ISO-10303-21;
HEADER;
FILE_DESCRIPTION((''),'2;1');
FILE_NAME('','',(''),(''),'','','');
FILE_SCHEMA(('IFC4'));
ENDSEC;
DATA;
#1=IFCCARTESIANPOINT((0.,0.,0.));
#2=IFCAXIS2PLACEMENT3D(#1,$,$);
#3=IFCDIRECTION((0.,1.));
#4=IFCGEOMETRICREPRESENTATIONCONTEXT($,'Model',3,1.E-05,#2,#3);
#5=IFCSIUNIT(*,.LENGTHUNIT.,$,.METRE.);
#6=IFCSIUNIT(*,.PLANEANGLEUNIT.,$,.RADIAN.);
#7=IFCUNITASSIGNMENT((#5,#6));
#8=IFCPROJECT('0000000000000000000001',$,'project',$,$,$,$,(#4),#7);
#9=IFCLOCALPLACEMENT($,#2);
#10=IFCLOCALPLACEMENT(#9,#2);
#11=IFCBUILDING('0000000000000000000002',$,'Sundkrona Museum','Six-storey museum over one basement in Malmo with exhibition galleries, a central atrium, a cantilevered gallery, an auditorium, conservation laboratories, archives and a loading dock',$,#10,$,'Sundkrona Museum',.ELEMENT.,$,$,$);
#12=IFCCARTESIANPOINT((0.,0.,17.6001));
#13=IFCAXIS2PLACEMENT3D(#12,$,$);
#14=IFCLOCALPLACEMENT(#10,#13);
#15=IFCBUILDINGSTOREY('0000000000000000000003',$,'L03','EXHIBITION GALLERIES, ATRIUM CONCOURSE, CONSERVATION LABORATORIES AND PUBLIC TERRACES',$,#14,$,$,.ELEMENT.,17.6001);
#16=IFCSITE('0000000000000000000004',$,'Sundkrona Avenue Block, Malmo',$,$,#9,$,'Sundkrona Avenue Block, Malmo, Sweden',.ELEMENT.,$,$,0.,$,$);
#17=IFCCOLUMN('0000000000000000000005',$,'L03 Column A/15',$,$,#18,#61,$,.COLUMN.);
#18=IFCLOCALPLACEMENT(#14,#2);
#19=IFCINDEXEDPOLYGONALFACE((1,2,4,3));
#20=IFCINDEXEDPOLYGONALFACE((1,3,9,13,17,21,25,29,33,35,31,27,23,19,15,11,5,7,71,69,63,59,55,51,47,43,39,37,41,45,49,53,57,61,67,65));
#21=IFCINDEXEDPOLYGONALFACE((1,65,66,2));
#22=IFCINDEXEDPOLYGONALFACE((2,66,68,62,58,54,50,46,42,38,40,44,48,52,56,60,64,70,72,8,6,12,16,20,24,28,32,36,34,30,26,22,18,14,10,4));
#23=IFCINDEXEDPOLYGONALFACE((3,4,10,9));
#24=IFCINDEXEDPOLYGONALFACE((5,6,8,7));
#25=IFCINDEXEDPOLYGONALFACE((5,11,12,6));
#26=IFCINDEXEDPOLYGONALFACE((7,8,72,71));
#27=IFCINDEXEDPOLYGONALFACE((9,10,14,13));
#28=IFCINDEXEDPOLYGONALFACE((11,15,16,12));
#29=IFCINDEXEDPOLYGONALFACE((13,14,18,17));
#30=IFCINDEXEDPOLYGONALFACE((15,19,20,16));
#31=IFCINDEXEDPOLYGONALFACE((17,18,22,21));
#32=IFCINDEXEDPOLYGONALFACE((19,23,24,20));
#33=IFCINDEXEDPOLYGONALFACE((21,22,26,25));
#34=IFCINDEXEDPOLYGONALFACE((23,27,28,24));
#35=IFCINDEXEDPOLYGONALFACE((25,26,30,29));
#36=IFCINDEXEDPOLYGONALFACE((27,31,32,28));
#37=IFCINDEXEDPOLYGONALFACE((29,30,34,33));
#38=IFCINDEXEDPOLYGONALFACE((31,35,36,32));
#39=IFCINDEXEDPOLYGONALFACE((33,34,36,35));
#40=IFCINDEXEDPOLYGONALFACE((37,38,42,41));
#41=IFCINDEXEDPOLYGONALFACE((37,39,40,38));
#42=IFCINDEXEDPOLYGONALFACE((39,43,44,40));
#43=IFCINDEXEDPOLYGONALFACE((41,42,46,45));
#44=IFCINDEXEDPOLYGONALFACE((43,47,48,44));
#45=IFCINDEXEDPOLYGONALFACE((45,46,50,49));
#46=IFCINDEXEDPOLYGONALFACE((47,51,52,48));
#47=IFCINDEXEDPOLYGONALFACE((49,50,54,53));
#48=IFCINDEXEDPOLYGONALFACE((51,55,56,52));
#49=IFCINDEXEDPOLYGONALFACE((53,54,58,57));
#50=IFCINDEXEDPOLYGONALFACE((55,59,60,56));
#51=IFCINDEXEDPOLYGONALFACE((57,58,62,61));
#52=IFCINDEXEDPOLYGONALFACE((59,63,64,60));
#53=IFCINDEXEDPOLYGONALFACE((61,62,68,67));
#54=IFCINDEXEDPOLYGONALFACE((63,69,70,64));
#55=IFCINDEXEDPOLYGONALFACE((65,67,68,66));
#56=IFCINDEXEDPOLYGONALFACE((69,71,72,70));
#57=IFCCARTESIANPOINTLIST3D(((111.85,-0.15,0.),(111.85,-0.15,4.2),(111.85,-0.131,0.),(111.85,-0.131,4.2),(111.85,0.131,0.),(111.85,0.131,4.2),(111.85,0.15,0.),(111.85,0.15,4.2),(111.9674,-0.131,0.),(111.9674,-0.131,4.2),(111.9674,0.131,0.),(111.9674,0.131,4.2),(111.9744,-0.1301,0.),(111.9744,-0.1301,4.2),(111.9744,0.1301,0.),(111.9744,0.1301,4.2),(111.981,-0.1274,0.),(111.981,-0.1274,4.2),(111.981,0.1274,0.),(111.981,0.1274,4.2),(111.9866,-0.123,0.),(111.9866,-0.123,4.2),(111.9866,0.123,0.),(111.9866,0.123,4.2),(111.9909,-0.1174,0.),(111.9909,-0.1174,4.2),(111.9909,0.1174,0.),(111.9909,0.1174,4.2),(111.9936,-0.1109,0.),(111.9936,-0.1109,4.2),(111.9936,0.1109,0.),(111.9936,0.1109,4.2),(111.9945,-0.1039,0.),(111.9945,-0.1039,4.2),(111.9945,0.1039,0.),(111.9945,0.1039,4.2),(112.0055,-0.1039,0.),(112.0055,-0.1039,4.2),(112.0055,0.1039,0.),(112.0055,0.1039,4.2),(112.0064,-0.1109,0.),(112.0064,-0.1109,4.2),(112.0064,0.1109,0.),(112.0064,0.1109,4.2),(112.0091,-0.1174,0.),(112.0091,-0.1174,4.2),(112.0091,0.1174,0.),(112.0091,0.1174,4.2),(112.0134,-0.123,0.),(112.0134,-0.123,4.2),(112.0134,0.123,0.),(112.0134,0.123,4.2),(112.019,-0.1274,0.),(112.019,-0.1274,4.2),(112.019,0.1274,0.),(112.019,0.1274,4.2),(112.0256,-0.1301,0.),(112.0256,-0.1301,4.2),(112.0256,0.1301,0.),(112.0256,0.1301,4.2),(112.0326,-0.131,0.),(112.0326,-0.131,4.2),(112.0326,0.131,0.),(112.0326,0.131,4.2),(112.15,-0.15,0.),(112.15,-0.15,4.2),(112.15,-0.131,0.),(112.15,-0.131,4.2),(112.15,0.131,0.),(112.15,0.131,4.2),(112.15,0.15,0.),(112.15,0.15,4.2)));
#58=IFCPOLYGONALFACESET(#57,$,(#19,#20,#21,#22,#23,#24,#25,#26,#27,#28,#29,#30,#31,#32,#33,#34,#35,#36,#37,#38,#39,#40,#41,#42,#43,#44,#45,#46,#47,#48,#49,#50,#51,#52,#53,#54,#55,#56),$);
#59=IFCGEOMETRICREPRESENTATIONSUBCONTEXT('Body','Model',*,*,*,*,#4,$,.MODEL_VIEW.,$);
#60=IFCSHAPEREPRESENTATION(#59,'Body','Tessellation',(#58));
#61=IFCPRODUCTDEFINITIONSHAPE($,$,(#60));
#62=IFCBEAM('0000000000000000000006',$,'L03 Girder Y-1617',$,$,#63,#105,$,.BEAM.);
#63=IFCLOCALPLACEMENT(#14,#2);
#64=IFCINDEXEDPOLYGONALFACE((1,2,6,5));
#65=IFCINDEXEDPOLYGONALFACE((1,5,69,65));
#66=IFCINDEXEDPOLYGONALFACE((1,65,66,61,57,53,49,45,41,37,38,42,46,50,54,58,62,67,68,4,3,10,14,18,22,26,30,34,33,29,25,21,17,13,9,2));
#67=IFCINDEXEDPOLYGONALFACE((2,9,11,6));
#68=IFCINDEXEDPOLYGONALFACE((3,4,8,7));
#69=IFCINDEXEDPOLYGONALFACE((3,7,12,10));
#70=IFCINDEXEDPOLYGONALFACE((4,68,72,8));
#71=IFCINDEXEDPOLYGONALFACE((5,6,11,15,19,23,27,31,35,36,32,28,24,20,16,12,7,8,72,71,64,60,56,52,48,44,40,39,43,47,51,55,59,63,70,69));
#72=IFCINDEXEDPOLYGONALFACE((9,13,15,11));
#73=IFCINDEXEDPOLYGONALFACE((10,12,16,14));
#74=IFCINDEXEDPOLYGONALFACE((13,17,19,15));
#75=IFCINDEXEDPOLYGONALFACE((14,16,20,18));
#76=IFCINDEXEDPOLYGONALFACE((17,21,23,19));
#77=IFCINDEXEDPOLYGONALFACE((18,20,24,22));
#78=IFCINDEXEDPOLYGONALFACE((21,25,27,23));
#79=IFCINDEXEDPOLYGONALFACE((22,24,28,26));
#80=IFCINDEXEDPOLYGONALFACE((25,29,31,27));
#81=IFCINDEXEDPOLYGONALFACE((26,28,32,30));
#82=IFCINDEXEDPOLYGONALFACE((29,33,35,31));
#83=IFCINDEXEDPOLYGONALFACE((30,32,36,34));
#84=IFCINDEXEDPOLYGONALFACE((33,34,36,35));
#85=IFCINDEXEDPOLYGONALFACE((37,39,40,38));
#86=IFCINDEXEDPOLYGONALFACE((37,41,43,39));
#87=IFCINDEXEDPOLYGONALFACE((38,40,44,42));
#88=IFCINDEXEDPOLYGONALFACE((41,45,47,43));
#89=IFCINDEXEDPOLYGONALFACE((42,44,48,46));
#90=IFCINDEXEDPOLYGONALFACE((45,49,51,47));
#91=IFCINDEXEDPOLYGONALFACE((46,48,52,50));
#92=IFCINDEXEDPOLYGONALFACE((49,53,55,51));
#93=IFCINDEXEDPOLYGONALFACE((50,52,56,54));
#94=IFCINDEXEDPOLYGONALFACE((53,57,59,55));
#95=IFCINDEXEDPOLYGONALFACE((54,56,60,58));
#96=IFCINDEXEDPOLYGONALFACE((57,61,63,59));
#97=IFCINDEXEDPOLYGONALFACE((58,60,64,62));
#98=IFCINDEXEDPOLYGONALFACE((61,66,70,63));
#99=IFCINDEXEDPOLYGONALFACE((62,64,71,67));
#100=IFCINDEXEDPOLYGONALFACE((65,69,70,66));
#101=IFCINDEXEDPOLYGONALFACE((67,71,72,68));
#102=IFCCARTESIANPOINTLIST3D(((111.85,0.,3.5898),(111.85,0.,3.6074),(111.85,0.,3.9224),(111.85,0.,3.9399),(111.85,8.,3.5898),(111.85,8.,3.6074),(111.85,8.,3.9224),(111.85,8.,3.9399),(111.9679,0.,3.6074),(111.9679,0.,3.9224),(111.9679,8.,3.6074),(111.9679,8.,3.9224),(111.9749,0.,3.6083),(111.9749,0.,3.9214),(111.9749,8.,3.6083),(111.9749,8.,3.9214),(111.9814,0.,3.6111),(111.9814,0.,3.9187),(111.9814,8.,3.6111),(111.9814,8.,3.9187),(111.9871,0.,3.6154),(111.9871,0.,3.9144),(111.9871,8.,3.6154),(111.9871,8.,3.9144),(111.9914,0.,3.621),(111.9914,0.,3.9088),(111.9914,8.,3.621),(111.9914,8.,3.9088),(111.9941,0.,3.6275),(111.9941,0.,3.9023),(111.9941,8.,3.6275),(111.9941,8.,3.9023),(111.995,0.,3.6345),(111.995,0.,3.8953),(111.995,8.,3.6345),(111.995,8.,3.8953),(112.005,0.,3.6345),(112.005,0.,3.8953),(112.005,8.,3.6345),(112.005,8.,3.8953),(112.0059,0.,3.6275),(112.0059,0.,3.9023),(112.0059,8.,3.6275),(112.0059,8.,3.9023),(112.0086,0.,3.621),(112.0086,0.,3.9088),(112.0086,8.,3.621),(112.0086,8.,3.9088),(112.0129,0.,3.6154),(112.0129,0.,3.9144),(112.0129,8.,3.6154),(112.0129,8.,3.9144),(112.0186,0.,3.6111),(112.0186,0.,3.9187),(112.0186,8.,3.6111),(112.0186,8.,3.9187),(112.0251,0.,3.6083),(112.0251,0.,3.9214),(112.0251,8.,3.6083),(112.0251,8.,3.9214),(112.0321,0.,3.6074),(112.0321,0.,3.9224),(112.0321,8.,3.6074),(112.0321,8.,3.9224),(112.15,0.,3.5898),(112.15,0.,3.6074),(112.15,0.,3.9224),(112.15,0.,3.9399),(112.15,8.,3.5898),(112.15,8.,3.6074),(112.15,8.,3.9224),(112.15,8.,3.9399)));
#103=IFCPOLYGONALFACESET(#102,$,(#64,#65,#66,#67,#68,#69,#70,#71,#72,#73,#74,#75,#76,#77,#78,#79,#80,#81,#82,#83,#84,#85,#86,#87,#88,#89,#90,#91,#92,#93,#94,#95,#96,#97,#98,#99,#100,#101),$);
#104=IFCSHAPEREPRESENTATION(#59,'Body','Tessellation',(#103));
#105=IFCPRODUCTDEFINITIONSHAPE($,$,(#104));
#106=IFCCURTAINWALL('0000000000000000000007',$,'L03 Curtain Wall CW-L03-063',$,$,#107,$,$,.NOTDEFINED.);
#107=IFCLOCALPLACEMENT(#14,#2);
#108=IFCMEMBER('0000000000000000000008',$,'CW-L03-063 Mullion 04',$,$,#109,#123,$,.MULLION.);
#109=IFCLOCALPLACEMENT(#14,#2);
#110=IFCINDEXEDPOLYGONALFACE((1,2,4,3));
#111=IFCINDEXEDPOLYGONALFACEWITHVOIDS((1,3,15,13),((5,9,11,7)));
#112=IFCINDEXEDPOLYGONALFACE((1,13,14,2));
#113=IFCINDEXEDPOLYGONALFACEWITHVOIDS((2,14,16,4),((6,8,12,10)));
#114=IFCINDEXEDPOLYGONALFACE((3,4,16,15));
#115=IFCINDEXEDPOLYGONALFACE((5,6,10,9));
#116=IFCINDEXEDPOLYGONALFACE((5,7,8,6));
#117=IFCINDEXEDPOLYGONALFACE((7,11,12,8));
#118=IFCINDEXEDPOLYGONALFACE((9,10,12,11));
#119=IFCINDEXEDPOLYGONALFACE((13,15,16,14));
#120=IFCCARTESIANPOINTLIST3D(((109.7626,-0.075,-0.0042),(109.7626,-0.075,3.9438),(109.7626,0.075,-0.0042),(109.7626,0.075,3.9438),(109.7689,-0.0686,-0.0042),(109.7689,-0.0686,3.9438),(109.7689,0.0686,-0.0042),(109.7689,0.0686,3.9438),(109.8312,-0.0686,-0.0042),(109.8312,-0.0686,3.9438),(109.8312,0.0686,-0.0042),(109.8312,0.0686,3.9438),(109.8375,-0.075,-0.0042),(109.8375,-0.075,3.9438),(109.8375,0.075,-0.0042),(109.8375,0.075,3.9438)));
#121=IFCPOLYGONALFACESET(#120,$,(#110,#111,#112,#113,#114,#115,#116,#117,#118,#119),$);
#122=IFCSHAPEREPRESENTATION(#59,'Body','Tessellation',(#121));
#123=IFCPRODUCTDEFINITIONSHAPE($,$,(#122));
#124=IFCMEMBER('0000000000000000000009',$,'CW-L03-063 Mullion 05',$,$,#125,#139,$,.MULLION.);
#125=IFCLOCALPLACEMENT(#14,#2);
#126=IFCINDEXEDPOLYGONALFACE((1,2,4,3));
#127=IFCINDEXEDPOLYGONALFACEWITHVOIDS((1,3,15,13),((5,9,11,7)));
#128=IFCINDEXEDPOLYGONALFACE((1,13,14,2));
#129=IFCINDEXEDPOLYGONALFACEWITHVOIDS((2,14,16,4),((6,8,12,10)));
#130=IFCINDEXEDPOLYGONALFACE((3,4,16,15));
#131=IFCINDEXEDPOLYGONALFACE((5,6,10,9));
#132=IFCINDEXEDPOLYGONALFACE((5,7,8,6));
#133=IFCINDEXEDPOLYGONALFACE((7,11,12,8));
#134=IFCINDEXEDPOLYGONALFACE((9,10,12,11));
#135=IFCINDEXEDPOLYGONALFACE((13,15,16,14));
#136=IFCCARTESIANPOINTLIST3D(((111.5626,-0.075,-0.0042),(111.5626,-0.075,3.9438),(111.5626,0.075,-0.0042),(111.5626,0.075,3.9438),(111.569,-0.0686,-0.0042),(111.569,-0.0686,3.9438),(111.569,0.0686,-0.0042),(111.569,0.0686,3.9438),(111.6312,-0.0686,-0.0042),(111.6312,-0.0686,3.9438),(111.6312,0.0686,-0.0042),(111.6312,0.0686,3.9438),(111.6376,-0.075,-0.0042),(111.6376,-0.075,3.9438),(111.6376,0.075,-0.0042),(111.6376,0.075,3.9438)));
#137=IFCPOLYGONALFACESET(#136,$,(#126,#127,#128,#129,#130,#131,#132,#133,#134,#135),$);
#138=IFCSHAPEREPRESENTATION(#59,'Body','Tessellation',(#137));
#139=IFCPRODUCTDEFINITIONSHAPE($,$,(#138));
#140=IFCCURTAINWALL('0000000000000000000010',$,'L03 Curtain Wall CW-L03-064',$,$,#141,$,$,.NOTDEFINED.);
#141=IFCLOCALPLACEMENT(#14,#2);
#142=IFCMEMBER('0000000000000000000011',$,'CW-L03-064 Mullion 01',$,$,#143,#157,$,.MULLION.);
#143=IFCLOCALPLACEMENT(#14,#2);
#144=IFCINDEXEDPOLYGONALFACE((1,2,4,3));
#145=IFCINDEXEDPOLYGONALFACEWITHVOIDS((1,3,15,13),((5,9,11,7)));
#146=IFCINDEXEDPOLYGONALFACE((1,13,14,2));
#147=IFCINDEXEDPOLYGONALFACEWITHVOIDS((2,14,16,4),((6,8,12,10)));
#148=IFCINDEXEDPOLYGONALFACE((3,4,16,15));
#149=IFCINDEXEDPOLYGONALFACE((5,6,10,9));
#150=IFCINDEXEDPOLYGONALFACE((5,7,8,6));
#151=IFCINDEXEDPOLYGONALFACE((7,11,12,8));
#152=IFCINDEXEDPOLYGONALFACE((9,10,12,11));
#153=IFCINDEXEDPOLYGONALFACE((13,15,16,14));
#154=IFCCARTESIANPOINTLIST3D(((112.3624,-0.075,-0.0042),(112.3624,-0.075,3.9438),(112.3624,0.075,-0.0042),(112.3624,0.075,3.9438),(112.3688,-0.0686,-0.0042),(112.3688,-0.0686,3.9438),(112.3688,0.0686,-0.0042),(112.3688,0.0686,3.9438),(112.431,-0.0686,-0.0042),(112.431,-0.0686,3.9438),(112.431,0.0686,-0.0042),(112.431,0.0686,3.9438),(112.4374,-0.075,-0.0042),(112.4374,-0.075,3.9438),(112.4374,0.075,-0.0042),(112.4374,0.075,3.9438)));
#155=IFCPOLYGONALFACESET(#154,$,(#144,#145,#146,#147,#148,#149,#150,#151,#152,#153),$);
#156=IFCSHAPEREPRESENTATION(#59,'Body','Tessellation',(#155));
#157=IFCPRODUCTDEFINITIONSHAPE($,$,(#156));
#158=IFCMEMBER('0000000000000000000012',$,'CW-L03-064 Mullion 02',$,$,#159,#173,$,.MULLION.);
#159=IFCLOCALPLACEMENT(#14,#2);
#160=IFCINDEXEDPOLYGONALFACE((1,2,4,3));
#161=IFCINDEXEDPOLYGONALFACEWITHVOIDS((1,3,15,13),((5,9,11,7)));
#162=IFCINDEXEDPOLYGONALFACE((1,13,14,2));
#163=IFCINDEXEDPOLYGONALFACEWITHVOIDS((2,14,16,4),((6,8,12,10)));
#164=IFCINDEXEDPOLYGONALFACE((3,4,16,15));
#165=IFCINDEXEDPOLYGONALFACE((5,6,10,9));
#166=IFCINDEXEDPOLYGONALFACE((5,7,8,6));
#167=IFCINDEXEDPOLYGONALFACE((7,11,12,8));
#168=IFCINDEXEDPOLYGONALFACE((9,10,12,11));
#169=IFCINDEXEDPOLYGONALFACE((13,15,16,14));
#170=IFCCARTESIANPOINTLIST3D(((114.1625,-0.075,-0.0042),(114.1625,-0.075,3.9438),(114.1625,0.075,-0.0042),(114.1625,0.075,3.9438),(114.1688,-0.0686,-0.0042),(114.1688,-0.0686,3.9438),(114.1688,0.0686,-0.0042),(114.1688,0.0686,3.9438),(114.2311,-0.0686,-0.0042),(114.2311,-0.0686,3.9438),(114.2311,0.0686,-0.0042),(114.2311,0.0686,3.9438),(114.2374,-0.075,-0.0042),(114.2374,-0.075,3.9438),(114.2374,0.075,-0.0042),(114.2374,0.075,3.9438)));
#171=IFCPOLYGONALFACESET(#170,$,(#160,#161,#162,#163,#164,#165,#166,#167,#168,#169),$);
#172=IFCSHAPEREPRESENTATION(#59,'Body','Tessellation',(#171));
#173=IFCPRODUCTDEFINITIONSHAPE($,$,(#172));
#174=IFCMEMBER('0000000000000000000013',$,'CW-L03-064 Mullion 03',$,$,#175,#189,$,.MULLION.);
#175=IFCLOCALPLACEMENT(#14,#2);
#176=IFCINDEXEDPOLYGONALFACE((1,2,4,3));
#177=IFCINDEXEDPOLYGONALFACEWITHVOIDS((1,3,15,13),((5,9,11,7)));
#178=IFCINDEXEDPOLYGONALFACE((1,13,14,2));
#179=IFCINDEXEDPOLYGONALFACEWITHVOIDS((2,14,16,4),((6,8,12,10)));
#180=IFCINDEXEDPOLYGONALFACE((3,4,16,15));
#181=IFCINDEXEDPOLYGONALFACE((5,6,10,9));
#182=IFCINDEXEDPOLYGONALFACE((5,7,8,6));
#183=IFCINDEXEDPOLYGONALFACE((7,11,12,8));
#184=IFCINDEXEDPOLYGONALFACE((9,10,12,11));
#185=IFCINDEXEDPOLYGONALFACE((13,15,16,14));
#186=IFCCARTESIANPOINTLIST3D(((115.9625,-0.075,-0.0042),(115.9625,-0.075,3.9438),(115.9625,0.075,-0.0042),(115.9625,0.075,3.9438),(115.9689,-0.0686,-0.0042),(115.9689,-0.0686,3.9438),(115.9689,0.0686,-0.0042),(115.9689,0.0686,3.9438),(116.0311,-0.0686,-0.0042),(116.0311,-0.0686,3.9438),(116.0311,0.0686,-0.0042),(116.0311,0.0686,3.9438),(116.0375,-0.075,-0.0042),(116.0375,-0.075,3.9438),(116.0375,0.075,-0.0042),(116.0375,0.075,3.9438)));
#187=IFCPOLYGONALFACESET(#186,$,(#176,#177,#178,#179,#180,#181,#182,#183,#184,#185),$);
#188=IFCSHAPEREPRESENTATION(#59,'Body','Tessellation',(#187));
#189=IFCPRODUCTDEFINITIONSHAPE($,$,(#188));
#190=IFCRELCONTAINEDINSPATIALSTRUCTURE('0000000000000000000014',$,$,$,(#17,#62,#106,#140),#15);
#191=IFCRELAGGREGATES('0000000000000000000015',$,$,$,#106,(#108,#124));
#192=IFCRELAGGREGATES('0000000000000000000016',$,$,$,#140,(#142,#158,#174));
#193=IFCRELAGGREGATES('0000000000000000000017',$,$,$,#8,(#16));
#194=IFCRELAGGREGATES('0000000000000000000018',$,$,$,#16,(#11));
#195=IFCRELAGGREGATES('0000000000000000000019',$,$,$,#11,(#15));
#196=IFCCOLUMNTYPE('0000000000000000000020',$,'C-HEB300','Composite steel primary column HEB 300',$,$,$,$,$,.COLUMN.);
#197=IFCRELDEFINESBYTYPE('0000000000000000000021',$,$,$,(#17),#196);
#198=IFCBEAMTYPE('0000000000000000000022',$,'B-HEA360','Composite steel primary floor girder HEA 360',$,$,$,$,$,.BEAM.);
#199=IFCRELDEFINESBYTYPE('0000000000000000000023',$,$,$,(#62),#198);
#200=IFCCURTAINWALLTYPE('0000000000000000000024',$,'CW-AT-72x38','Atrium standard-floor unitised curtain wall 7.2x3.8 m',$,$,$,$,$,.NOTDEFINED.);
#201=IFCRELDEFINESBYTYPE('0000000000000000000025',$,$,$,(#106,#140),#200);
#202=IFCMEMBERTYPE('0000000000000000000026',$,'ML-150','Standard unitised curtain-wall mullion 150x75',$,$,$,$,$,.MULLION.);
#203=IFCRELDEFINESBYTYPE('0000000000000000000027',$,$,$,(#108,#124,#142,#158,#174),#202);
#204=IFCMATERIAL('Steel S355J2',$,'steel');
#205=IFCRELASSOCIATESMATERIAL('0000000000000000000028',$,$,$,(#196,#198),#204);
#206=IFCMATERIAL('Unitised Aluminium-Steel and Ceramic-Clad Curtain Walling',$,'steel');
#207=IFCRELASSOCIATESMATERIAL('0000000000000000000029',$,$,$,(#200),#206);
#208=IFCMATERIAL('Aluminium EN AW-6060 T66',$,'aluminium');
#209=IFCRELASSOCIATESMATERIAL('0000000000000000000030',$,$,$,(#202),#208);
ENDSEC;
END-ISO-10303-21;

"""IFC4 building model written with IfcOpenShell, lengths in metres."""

from ifc_helpers import new_model, si_unit, direction, frame, origin, origin_2d, place, context, subcontext, project, spatial, hollow_rectangle, i_section, extrude, material, material_profile, profile_set, type_object, element, aggregate, save


model = new_model("IFC4")

# Units and contexts
model_context = context("Model", 3, precision=1e-05, world=origin(), true_north=direction((0.0, 1.0)))
body_context = subcontext(model_context, "Body", "Model", "MODEL_VIEW")
ifc_project = project(units=[si_unit("LENGTHUNIT", "METRE"), si_unit("PLANEANGLEUNIT", "RADIAN")], contexts=[model_context])

# Site, building, storey
site_placement = place(None, origin())
site = spatial("IfcSite", under=ifc_project, at=site_placement, Name="Sundkrona Avenue Block, Malmo", LongName="Sundkrona Avenue Block, Malmo, Sweden", CompositionType="ELEMENT", RefElevation=0.0)
building_placement = place(site_placement, origin())
building = spatial("IfcBuilding", under=site, at=building_placement, Name="Sundkrona Museum", Description="Six-storey museum over one basement in Malmo with exhibition galleries, a central atrium, a cantilevered gallery, an auditorium, conservation laboratories, archives and a loading dock", LongName="Sundkrona Museum", CompositionType="ELEMENT")
storey_placement = place(building_placement, frame((0.0, 0.0, 17.6001)))
storey = spatial("IfcBuildingStorey", under=building, at=storey_placement, Name="L03", Description="EXHIBITION GALLERIES, ATRIUM CONCOURSE, CONSERVATION LABORATORIES AND PUBLIC TERRACES", CompositionType="ELEMENT", Elevation=17.6001)

# Column
ifc_material_1 = material(Name="Steel S355J2", Category="steel")
ifc_material_profile_1 = material_profile(ifc_material_1, i_section(OverallWidth=0.3, OverallDepth=0.3, WebThickness=0.011, FlangeThickness=0.019, FilletRadius=0.0271, at=origin_2d()), Name="HEB 300")
ifc_profile_set_1 = profile_set([ifc_material_profile_1], Name="Steel S355J2")
column_type = type_object("IfcColumnType", Name="C-HEB300", Description="Composite steel primary column HEB 300", PredefinedType="COLUMN", material=ifc_profile_set_1)
column_placement = place(storey_placement, frame((112.0, 0.0, 0.0), z_axis=(0.0, 0.0, 1.0), x_axis=(1.0, 0.0, 0.0)))
element("IfcColumn", 1, at=column_placement, inside=storey, type_object=column_type, Name="L03 Column A/15", PredefinedType="COLUMN", context=body_context, shape_type="SweptSolid", body=[
    extrude(i_section(OverallWidth=0.3, OverallDepth=0.3, WebThickness=0.011, FlangeThickness=0.019, FilletRadius=0.0271, at=origin_2d()), origin(), (0.0, 0.0, 1.0), 4.2),
])

# Beam
ifc_material_profile_2 = material_profile(ifc_material_1, i_section(OverallWidth=0.3, OverallDepth=0.3501, WebThickness=0.01, FlangeThickness=0.0176, FilletRadius=0.0271, at=origin_2d()), Name="HEA 360")
ifc_profile_set_2 = profile_set([ifc_material_profile_2], Name="Steel S355J2")
beam_type_1 = type_object("IfcBeamType", Name="B-HEA360", Description="Composite steel primary floor girder HEA 360", PredefinedType="BEAM", material=ifc_profile_set_2)
beam_1_placement = place(storey_placement, frame((112.0, 0.0, 3.7649), z_axis=(0.0, 1.0, 0.0), x_axis=(-1.0, 0.0, 0.0)))
element("IfcBeam", 2, at=beam_1_placement, inside=storey, type_object=beam_type_1, Name="L03 Girder Y-1617", PredefinedType="BEAM", context=body_context, shape_type="SweptSolid", body=[
    extrude(i_section(OverallWidth=0.3, OverallDepth=0.3501, WebThickness=0.01, FlangeThickness=0.0176, FilletRadius=0.0271, at=origin_2d()), origin(), (0.0, 0.0, 1.0), 8.0),
])

# Curtain walls, members
ifc_material_2 = material(Name="Unitised Aluminium-Steel and Ceramic-Clad Curtain Walling", Category="steel")
curtain_wall_type = type_object("IfcCurtainWallType", Name="CW-AT-72x38", Description="Atrium standard-floor unitised curtain wall 7.2x3.8 m", PredefinedType="NOTDEFINED", material=ifc_material_2)
curtain_wall_1_placement = place(storey_placement, origin())
curtain_wall_1 = element("IfcCurtainWall", 3, at=curtain_wall_1_placement, inside=storey, type_object=curtain_wall_type, Name="L03 Curtain Wall CW-L03-063", PredefinedType="NOTDEFINED")
ifc_material_3 = material(Name="Aluminium EN AW-6060 T66", Category="aluminium")
ifc_material_profile_3 = material_profile(ifc_material_3, hollow_rectangle(XDim=0.075, YDim=0.1499, WallThickness=0.0063, at=origin_2d()), Name="RHS 150x75x6.3")
ifc_profile_set_3 = profile_set([ifc_material_profile_3], Name="Aluminium EN AW-6060 T66")
member_type_1 = type_object("IfcMemberType", Name="ML-150", Description="Standard unitised curtain-wall mullion 150x75", PredefinedType="MULLION", material=ifc_profile_set_3)
member_1_placement = place(storey_placement, frame((109.8, 0.0, -0.0042), z_axis=(0.0, 0.0, 1.0), x_axis=(1.0, 0.0, 0.0)))
member_1 = element("IfcMember", 4, at=member_1_placement, type_object=member_type_1, Name="CW-L03-063 Mullion 04", PredefinedType="MULLION", context=body_context, shape_type="SweptSolid", body=[
    extrude(hollow_rectangle(XDim=0.075, YDim=0.1499, WallThickness=0.0063, at=origin_2d()), origin(), (0.0, 0.0, 1.0), 3.948),
])
member_2_placement = place(storey_placement, frame((111.6001, 0.0, -0.0042), z_axis=(0.0, 0.0, 1.0), x_axis=(1.0, 0.0, 0.0)))
member_2 = element("IfcMember", 5, at=member_2_placement, type_object=member_type_1, Name="CW-L03-063 Mullion 05", PredefinedType="MULLION", context=body_context, shape_type="SweptSolid", body=[
    extrude(hollow_rectangle(XDim=0.075, YDim=0.1499, WallThickness=0.0063, at=origin_2d()), origin(), (0.0, 0.0, 1.0), 3.948),
])
curtain_wall_2_placement = place(storey_placement, origin())
curtain_wall_2 = element("IfcCurtainWall", 6, at=curtain_wall_2_placement, inside=storey, type_object=curtain_wall_type, Name="L03 Curtain Wall CW-L03-064", PredefinedType="NOTDEFINED")
member_3_placement = place(storey_placement, frame((112.3999, 0.0, -0.0042), z_axis=(0.0, 0.0, 1.0), x_axis=(1.0, 0.0, 0.0)))
member_3 = element("IfcMember", 7, at=member_3_placement, type_object=member_type_1, Name="CW-L03-064 Mullion 01", PredefinedType="MULLION", context=body_context, shape_type="SweptSolid", body=[
    extrude(hollow_rectangle(XDim=0.075, YDim=0.1499, WallThickness=0.0063, at=origin_2d()), origin(), (0.0, 0.0, 1.0), 3.948),
])
member_4_placement = place(storey_placement, frame((114.2, 0.0, -0.0042), z_axis=(0.0, 0.0, 1.0), x_axis=(1.0, 0.0, 0.0)))
member_4 = element("IfcMember", 8, at=member_4_placement, type_object=member_type_1, Name="CW-L03-064 Mullion 02", PredefinedType="MULLION", context=body_context, shape_type="SweptSolid", body=[
    extrude(hollow_rectangle(XDim=0.075, YDim=0.1499, WallThickness=0.0063, at=origin_2d()), origin(), (0.0, 0.0, 1.0), 3.948),
])
member_5_placement = place(storey_placement, frame((116.0, 0.0, -0.0042), z_axis=(0.0, 0.0, 1.0), x_axis=(1.0, 0.0, 0.0)))
member_5 = element("IfcMember", 9, at=member_5_placement, type_object=member_type_1, Name="CW-L03-064 Mullion 03", PredefinedType="MULLION", context=body_context, shape_type="SweptSolid", body=[
    extrude(hollow_rectangle(XDim=0.075, YDim=0.1499, WallThickness=0.0063, at=origin_2d()), origin(), (0.0, 0.0, 1.0), 3.948),
])

aggregate(curtain_wall_1, [member_1, member_2])
aggregate(curtain_wall_2, [member_3, member_4, member_5])

save(model, "model.ifc")
